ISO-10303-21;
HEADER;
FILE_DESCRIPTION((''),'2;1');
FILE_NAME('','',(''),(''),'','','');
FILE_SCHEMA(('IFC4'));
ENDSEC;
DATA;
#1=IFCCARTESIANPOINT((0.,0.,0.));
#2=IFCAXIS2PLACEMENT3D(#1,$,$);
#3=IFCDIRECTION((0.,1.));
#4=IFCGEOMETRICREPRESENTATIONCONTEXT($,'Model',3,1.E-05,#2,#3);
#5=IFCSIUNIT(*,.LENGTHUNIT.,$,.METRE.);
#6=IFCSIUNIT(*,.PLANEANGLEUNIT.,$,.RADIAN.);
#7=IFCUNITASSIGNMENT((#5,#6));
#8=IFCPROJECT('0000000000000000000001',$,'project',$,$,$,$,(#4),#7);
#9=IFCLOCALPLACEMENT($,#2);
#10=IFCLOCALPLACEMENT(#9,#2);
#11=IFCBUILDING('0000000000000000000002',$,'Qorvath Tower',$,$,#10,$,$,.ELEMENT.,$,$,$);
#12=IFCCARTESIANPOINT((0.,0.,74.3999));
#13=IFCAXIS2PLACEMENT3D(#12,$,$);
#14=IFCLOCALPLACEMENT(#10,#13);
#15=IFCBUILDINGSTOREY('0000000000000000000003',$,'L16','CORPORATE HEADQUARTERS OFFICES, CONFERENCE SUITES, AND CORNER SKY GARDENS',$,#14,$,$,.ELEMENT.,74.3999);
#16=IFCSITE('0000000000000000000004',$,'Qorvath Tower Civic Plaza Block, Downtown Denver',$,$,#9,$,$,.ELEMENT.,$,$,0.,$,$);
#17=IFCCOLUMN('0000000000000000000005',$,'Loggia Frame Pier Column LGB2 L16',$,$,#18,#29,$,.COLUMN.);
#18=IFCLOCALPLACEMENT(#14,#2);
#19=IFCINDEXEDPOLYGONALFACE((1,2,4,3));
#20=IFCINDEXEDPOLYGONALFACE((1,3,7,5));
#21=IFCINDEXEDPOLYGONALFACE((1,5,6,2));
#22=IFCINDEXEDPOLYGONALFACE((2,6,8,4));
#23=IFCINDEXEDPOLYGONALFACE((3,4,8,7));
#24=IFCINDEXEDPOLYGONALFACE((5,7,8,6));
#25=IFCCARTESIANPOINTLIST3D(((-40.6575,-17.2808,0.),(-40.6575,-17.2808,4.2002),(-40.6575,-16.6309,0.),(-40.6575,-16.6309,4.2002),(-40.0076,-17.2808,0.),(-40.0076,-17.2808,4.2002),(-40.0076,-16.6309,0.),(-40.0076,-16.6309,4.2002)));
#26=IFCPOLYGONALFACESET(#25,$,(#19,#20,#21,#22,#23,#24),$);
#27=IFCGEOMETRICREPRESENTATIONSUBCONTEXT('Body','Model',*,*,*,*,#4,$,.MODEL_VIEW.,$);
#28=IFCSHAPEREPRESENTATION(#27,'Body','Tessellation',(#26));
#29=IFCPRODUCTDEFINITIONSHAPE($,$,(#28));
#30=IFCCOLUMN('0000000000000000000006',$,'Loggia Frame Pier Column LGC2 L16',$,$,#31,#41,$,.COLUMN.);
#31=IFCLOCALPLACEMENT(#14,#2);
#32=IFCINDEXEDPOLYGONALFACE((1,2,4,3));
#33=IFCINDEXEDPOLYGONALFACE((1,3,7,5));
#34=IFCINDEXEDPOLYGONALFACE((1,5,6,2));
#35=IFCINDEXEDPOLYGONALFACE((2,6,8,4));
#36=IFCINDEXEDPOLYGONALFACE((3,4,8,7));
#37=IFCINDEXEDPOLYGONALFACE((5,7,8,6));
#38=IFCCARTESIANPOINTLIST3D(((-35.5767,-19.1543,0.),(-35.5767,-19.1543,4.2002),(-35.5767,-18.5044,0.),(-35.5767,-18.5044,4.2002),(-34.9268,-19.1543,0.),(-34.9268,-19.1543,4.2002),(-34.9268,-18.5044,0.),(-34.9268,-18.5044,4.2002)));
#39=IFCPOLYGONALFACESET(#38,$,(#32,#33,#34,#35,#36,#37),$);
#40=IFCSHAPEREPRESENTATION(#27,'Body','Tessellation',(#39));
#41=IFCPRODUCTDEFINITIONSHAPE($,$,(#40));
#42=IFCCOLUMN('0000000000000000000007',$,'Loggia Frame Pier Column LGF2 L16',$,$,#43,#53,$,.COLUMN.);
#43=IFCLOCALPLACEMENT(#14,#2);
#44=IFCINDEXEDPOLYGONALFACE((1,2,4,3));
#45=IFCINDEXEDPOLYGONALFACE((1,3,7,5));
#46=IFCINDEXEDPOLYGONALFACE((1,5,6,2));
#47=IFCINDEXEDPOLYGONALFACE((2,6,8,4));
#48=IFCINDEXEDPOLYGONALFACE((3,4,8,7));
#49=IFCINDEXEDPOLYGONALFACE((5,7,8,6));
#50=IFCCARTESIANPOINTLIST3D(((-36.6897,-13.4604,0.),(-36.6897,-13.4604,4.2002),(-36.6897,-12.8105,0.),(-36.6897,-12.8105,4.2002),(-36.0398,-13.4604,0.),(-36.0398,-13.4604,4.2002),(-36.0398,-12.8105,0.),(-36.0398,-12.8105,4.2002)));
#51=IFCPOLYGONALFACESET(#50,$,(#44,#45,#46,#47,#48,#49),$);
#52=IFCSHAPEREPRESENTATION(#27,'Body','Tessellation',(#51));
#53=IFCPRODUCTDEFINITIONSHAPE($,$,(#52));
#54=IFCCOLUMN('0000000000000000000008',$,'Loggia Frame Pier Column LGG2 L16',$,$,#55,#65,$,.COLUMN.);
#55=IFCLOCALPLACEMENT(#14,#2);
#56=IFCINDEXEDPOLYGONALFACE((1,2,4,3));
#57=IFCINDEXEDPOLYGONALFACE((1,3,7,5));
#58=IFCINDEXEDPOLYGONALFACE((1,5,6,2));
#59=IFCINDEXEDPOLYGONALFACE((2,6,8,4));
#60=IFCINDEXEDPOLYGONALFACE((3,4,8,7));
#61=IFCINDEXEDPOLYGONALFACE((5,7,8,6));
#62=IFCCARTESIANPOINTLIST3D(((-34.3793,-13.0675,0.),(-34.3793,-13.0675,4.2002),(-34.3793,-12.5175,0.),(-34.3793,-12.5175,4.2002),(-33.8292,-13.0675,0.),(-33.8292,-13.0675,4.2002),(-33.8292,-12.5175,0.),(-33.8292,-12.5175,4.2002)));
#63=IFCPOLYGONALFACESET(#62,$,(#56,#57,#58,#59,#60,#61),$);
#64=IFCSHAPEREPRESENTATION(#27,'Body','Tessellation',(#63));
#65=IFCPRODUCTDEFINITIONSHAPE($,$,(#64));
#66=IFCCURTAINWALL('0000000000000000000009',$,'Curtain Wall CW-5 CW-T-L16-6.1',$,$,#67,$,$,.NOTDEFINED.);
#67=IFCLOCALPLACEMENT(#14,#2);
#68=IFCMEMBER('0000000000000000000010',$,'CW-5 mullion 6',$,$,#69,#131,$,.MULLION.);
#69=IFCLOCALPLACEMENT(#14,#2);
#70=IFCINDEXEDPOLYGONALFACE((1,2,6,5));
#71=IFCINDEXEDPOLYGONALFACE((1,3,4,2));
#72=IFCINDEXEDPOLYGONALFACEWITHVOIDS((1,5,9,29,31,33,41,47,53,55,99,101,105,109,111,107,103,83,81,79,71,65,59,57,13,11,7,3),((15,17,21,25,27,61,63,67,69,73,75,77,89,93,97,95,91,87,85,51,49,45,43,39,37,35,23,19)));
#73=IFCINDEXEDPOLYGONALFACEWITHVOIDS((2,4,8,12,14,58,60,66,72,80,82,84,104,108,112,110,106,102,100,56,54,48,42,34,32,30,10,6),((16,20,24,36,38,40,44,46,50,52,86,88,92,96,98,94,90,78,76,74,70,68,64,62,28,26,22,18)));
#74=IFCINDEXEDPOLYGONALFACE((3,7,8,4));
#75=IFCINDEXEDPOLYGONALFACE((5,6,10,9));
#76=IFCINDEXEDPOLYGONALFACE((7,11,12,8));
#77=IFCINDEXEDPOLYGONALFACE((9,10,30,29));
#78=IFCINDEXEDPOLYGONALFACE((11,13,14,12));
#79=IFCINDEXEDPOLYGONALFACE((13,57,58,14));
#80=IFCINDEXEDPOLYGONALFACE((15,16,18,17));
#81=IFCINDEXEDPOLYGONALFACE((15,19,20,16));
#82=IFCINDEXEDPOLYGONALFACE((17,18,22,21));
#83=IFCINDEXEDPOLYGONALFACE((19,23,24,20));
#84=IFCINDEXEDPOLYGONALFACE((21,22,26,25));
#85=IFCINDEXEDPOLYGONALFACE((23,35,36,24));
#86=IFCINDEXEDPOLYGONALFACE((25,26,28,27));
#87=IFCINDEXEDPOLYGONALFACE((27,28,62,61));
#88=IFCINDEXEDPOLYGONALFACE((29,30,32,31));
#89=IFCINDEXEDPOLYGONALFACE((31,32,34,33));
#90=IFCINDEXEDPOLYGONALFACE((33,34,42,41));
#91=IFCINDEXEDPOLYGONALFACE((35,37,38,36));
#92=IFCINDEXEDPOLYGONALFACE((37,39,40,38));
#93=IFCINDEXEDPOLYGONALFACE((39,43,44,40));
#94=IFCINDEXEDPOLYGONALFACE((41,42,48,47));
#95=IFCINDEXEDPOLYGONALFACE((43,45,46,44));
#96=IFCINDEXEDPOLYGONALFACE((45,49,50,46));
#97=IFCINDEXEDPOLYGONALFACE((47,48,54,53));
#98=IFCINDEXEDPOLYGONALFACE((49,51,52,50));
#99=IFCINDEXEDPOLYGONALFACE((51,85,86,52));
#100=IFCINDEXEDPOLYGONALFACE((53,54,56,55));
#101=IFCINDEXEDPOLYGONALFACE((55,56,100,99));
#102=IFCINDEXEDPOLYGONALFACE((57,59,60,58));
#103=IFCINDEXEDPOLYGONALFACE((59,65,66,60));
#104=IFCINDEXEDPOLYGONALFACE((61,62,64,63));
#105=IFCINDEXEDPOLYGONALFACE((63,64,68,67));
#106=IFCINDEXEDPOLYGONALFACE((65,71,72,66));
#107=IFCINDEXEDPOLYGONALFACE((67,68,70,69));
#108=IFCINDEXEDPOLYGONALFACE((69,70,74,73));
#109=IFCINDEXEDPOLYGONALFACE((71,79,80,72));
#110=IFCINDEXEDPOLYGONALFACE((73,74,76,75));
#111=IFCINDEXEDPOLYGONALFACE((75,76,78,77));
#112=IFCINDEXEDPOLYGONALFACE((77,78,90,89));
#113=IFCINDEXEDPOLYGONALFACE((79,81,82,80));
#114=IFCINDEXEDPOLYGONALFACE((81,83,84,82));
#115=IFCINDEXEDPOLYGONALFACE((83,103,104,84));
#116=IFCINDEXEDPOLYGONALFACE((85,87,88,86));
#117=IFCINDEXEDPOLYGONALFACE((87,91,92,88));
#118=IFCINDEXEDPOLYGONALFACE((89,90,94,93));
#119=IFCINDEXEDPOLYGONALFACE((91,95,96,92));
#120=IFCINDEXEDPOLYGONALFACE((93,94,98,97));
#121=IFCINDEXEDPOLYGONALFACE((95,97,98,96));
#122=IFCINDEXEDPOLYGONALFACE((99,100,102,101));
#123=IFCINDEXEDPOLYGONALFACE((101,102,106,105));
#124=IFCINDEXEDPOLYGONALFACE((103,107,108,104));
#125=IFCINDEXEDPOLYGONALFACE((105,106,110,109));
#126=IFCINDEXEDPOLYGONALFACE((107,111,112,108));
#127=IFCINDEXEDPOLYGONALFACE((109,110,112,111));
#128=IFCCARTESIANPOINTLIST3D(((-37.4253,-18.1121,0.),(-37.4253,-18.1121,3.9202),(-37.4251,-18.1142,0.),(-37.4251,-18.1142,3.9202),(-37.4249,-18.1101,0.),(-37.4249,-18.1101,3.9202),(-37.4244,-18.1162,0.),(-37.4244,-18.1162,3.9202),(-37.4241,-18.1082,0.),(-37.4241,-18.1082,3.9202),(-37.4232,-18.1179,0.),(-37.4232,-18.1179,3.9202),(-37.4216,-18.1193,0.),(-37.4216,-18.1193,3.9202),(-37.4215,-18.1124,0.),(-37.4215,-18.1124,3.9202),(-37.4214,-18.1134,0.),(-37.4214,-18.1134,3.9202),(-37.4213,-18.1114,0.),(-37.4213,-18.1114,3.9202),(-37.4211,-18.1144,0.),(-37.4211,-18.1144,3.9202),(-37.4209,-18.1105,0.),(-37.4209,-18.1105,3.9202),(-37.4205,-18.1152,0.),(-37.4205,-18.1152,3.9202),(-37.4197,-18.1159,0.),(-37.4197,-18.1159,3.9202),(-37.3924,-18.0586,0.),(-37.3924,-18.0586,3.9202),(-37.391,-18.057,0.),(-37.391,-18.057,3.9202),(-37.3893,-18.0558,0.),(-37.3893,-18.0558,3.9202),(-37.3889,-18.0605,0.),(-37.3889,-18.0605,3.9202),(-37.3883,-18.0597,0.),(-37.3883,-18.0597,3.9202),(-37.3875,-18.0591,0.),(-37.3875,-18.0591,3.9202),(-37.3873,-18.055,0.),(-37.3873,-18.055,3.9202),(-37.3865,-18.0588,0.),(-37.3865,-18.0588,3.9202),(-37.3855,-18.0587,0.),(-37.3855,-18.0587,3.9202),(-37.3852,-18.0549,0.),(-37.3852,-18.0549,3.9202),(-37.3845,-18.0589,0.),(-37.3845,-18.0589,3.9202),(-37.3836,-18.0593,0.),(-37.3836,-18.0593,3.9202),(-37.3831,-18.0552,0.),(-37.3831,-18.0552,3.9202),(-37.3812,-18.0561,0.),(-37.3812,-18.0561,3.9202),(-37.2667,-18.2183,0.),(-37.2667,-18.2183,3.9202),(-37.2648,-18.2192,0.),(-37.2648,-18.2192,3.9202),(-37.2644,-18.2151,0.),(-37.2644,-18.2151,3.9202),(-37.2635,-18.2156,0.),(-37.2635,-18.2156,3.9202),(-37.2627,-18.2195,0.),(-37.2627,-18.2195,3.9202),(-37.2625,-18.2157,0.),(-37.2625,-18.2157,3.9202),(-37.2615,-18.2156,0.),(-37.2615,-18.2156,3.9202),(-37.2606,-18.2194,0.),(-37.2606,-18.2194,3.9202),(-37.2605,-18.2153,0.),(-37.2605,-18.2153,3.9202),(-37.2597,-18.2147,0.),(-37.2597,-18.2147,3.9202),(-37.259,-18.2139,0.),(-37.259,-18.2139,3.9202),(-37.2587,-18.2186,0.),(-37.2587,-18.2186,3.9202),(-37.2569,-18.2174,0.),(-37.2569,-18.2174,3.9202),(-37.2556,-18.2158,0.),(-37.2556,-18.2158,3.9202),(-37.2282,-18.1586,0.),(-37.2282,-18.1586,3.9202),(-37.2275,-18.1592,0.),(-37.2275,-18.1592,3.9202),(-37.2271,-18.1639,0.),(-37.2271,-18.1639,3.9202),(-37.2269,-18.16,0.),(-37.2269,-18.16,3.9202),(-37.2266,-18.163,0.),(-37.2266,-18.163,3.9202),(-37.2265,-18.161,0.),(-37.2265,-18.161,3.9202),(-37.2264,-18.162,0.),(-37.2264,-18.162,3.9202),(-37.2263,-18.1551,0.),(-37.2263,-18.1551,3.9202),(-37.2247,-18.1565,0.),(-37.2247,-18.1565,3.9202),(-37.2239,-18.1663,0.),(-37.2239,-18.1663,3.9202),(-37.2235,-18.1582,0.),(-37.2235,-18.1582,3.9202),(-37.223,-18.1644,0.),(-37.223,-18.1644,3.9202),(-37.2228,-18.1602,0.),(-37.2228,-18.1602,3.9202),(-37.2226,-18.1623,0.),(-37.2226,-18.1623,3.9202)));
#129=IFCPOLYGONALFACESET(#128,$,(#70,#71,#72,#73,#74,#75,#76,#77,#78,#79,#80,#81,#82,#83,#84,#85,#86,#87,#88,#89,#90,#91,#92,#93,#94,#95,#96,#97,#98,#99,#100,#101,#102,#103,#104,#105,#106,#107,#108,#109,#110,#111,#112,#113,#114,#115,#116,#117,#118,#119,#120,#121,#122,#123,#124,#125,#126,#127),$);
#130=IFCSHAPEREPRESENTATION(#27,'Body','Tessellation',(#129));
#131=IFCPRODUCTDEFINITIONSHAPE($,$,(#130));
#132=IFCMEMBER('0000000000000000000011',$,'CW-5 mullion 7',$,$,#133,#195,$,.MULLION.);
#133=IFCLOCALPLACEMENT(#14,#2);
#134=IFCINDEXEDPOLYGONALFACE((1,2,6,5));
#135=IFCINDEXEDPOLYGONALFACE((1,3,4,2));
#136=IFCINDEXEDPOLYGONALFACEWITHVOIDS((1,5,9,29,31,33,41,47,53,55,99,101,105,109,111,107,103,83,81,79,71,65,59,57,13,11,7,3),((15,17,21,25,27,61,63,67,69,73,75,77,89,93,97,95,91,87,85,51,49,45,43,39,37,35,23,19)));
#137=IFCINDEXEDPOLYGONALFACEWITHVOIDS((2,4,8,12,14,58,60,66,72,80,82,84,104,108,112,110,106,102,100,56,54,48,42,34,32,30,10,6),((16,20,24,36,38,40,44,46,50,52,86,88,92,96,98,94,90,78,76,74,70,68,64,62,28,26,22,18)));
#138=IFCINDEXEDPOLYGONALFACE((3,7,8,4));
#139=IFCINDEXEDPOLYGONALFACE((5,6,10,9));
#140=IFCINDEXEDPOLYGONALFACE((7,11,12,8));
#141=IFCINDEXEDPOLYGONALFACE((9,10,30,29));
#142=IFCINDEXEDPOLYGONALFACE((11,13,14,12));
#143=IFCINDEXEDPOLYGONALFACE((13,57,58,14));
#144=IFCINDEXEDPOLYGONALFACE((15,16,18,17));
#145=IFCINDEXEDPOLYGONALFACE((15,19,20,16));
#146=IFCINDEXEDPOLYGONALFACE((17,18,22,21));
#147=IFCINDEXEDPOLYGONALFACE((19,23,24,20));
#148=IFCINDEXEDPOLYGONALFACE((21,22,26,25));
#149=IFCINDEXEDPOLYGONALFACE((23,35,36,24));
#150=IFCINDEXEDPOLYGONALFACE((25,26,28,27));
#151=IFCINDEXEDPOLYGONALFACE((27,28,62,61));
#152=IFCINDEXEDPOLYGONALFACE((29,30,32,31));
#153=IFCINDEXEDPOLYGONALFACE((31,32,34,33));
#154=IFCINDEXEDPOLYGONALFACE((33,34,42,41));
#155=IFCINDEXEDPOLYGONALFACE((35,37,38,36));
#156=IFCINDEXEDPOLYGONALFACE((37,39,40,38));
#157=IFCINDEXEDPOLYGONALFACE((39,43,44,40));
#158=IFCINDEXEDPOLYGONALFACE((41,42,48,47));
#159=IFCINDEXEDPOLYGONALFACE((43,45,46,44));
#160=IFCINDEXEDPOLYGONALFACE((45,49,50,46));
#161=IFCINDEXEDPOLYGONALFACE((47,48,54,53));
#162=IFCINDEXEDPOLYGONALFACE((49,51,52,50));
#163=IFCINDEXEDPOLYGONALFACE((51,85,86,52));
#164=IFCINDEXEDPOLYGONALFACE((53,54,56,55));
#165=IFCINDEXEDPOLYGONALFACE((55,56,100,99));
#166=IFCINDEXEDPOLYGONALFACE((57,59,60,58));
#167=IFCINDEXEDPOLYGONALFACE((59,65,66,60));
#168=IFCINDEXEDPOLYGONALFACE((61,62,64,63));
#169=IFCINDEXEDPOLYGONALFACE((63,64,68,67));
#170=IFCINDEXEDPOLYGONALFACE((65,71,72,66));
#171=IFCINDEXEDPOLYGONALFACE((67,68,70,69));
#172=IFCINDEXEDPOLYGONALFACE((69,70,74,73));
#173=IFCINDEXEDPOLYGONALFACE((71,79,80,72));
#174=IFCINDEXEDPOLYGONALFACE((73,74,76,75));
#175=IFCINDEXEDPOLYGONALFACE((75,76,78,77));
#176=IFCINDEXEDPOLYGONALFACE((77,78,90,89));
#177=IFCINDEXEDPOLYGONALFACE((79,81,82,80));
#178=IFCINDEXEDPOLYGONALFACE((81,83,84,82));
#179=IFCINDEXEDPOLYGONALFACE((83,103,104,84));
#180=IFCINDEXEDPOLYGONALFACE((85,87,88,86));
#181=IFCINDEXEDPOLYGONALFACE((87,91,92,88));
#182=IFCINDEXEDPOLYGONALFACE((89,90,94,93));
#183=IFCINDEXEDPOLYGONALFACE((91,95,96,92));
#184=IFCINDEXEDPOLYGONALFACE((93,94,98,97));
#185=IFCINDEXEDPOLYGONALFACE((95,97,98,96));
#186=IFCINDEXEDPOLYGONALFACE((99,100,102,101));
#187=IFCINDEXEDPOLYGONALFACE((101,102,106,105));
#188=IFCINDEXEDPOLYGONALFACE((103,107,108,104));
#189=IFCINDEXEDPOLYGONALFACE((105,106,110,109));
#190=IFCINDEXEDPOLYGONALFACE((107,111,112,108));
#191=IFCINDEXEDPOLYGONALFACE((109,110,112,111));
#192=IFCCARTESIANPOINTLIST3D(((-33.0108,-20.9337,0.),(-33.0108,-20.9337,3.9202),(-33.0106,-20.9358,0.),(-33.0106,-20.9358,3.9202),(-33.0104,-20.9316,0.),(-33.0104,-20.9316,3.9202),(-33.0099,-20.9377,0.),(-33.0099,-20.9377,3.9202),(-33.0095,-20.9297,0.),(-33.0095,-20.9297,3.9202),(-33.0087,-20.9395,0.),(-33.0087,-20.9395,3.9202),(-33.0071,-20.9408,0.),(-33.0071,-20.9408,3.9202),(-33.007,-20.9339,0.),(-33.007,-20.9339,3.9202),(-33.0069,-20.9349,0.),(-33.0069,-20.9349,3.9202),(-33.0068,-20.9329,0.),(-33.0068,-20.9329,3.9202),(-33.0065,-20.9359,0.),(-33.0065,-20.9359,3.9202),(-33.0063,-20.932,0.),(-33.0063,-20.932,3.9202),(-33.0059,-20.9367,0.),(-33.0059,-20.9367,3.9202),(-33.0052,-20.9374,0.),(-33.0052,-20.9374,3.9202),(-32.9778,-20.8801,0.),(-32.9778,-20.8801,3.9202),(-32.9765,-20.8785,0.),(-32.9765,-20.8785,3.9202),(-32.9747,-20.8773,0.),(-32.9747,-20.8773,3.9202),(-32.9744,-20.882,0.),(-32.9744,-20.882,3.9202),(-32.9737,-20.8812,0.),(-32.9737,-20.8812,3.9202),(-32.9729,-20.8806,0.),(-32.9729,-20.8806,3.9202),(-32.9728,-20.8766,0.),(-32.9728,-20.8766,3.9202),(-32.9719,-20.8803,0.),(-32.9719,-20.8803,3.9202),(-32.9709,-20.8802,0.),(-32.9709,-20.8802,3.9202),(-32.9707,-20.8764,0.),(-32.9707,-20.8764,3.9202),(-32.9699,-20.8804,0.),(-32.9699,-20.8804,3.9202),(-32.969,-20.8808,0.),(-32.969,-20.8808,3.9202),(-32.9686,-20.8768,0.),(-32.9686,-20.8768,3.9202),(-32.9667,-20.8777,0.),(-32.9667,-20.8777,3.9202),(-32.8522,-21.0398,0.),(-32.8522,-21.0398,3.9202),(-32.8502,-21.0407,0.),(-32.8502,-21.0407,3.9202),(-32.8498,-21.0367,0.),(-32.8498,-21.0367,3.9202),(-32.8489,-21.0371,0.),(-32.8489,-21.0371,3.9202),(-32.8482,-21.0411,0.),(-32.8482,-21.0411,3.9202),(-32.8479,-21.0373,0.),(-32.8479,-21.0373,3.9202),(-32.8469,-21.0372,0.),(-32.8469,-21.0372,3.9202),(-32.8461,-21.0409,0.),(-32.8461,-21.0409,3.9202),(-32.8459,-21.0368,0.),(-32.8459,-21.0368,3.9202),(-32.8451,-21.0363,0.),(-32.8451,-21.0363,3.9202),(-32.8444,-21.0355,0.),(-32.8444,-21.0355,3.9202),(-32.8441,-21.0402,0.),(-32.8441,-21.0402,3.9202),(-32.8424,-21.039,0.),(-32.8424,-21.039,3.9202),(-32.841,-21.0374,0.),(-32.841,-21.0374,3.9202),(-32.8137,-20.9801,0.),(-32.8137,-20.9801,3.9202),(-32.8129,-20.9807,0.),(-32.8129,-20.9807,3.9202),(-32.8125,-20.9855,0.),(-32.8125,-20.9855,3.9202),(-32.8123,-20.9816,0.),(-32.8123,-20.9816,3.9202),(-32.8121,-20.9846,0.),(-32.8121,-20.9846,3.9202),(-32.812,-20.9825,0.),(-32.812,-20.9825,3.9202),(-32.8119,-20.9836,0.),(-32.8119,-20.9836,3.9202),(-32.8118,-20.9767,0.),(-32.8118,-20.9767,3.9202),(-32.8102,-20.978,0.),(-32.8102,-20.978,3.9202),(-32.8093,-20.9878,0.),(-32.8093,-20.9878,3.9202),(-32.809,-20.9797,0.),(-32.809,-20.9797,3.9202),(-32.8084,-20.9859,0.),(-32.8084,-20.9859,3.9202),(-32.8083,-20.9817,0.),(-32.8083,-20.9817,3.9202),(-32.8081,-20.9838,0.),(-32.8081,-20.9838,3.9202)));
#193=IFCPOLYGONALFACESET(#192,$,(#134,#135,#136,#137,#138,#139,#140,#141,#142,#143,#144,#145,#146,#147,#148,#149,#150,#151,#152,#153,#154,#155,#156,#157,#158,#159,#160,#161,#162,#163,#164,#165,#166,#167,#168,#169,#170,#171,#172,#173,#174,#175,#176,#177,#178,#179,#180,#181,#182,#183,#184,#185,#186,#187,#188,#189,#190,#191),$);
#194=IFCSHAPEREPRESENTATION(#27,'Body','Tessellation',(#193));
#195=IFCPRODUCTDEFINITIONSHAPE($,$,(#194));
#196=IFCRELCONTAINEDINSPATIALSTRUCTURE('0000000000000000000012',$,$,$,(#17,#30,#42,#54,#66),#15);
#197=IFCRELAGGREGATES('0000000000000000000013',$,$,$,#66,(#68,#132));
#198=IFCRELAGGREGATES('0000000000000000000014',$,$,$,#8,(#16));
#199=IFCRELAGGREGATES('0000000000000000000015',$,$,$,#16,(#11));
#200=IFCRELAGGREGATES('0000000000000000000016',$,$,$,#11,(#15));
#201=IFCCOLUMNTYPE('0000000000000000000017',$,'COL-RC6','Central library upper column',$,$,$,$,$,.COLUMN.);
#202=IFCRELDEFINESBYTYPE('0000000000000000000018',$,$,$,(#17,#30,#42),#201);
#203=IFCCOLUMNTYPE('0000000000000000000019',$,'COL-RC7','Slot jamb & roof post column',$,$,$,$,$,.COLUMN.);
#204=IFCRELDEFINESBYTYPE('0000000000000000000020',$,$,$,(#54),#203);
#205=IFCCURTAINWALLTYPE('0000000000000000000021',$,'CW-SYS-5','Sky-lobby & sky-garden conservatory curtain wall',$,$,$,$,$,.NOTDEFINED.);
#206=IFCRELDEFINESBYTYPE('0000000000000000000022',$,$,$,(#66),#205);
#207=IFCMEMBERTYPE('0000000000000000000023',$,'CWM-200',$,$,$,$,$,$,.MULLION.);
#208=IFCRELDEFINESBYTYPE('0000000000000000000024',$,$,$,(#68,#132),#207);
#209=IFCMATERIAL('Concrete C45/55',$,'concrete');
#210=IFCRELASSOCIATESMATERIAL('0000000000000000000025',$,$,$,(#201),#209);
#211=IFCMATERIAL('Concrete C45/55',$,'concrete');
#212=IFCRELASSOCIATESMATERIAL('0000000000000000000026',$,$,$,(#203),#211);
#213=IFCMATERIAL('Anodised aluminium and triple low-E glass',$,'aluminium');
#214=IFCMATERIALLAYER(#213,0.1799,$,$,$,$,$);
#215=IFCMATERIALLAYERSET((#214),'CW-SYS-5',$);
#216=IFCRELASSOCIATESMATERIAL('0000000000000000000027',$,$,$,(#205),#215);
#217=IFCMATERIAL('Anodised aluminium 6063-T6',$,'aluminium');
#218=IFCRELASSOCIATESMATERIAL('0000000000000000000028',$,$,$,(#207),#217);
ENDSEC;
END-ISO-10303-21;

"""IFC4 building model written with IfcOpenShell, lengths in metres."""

from ifc_helpers import new_model, si_unit, direction, frame, origin, origin_2d, place, context, subcontext, project, spatial, rectangle, hollow_rectangle, extrude, material, layer, layer_set, material_profile, profile_set, type_object, element, aggregate, save


model = new_model("IFC4")

# Units and contexts
model_context = context("Model", 3, precision=1e-05, world=origin(), true_north=direction((0.0, 1.0)))
body_context = subcontext(model_context, "Body", "Model", "MODEL_VIEW")
ifc_project = project(units=[si_unit("LENGTHUNIT", "METRE"), si_unit("PLANEANGLEUNIT", "RADIAN")], contexts=[model_context])

# Site, building, storey
site_placement = place(None, origin())
site = spatial("IfcSite", under=ifc_project, at=site_placement, Name="Qorvath Tower Civic Plaza Block, Downtown Denver", CompositionType="ELEMENT", RefElevation=0.0)
building_placement = place(site_placement, origin())
building = spatial("IfcBuilding", under=site, at=building_placement, Name="Qorvath Tower", CompositionType="ELEMENT")
storey_placement = place(building_placement, frame((0.0, 0.0, 74.3999)))
storey = spatial("IfcBuildingStorey", under=building, at=storey_placement, Name="L16", Description="CORPORATE HEADQUARTERS OFFICES, CONFERENCE SUITES, AND CORNER SKY GARDENS", CompositionType="ELEMENT", Elevation=74.3999)

# Columns
ifc_material_1 = material(Name="Concrete C45/55", Category="concrete")
ifc_material_profile_1 = material_profile(ifc_material_1, rectangle(XDim=0.6499, YDim=0.6499, at=origin_2d()), Name="RC 650x650")
ifc_profile_set_1 = profile_set([ifc_material_profile_1], Name="Concrete C45/55")
column_type_1 = type_object("IfcColumnType", Name="COL-RC6", Description="Central library upper column", PredefinedType="COLUMN", material=ifc_profile_set_1)
for number, where, z_axis, x_axis, name in (
    (1, (-40.3325, -16.9558, 0.0), (0.0, 0.0, 1.0), (1.0, 0.0, 0.0), "Loggia Frame Pier Column LGB2 L16"),
    (2, (-35.2517, -18.8293, 0.0), (0.0, 0.0, 1.0), (1.0, 0.0, 0.0), "Loggia Frame Pier Column LGC2 L16"),
    (3, (-36.3647, -13.1355, 0.0), (0.0, 0.0, 1.0), (1.0, 0.0, 0.0), "Loggia Frame Pier Column LGF2 L16"),
):
    element("IfcColumn", number, at=place(storey_placement, frame(where, z_axis=z_axis, x_axis=x_axis)), inside=storey, type_object=column_type_1, Name=name, PredefinedType="COLUMN", context=body_context, shape_type="SweptSolid", body=[
        extrude(rectangle(XDim=0.6499, YDim=0.6499, at=origin_2d()), origin(), (0.0, 0.0, 1.0), 4.2002),
    ])
ifc_material_2 = material(Name="Concrete C45/55", Category="concrete")
ifc_material_profile_2 = material_profile(ifc_material_2, rectangle(XDim=0.55, YDim=0.55, at=origin_2d()), Name="RC 550x550")
ifc_profile_set_2 = profile_set([ifc_material_profile_2], Name="Concrete C45/55")
column_type_2 = type_object("IfcColumnType", Name="COL-RC7", Description="Slot jamb & roof post column", PredefinedType="COLUMN", material=ifc_profile_set_2)
column_placement = place(storey_placement, frame((-34.1042, -12.7925, 0.0), z_axis=(0.0, 0.0, 1.0), x_axis=(1.0, 0.0, 0.0)))
element("IfcColumn", 4, at=column_placement, inside=storey, type_object=column_type_2, Name="Loggia Frame Pier Column LGG2 L16", PredefinedType="COLUMN", context=body_context, shape_type="SweptSolid", body=[
    extrude(rectangle(XDim=0.55, YDim=0.55, at=origin_2d()), origin(), (0.0, 0.0, 1.0), 4.2002),
])

# Curtain wall, members
ifc_material_3 = material(Name="Anodised aluminium and triple low-E glass", Category="aluminium")
ifc_layer_1 = layer(ifc_material_3, 0.1799)
ifc_layer_set_1 = layer_set([ifc_layer_1], Name="CW-SYS-5")
curtain_wall_type = type_object("IfcCurtainWallType", Name="CW-SYS-5", Description="Sky-lobby & sky-garden conservatory curtain wall", PredefinedType="NOTDEFINED", material=ifc_layer_set_1)
curtain_wall_placement = place(storey_placement, origin())
curtain_wall = element("IfcCurtainWall", 5, at=curtain_wall_placement, inside=storey, type_object=curtain_wall_type, Name="Curtain Wall CW-5 CW-T-L16-6.1", PredefinedType="NOTDEFINED")
ifc_material_4 = material(Name="Anodised aluminium 6063-T6", Category="aluminium")
ifc_material_profile_3 = material_profile(ifc_material_4, hollow_rectangle(XDim=0.075, YDim=0.2, WallThickness=0.0039, InnerFilletRadius=0.0039, OuterFilletRadius=0.0081, at=origin_2d()), Name="CWM 200x75")
ifc_profile_set_3 = profile_set([ifc_material_profile_3], Name="Anodised aluminium 6063-T6")
member_type_1 = type_object("IfcMemberType", Name="CWM-200", PredefinedType="MULLION", material=ifc_profile_set_3)
member_1_placement = place(storey_placement, frame((-37.324, -18.1372, 0.0), z_axis=(0.0, 0.0, 1.0), x_axis=(0.538533, 0.842604, 0.0)))
member_1 = element("IfcMember", 6, at=member_1_placement, type_object=member_type_1, Name="CW-5 mullion 6", PredefinedType="MULLION", context=body_context, shape_type="SweptSolid", body=[
    extrude(hollow_rectangle(XDim=0.075, YDim=0.2, WallThickness=0.0039, InnerFilletRadius=0.0039, OuterFilletRadius=0.0081, at=origin_2d()), origin(), (0.0, 0.0, 1.0), 3.9202),
])
member_2_placement = place(storey_placement, frame((-32.9094, -20.9587, 0.0), z_axis=(0.0, 0.0, 1.0), x_axis=(0.538533, 0.842604, 0.0)))
member_2 = element("IfcMember", 7, at=member_2_placement, type_object=member_type_1, Name="CW-5 mullion 7", PredefinedType="MULLION", context=body_context, shape_type="SweptSolid", body=[
    extrude(hollow_rectangle(XDim=0.075, YDim=0.2, WallThickness=0.0039, InnerFilletRadius=0.0039, OuterFilletRadius=0.0081, at=origin_2d()), origin(), (0.0, 0.0, 1.0), 3.9202),
])
aggregate(curtain_wall, [member_1, member_2])

save(model, "model.ifc")
